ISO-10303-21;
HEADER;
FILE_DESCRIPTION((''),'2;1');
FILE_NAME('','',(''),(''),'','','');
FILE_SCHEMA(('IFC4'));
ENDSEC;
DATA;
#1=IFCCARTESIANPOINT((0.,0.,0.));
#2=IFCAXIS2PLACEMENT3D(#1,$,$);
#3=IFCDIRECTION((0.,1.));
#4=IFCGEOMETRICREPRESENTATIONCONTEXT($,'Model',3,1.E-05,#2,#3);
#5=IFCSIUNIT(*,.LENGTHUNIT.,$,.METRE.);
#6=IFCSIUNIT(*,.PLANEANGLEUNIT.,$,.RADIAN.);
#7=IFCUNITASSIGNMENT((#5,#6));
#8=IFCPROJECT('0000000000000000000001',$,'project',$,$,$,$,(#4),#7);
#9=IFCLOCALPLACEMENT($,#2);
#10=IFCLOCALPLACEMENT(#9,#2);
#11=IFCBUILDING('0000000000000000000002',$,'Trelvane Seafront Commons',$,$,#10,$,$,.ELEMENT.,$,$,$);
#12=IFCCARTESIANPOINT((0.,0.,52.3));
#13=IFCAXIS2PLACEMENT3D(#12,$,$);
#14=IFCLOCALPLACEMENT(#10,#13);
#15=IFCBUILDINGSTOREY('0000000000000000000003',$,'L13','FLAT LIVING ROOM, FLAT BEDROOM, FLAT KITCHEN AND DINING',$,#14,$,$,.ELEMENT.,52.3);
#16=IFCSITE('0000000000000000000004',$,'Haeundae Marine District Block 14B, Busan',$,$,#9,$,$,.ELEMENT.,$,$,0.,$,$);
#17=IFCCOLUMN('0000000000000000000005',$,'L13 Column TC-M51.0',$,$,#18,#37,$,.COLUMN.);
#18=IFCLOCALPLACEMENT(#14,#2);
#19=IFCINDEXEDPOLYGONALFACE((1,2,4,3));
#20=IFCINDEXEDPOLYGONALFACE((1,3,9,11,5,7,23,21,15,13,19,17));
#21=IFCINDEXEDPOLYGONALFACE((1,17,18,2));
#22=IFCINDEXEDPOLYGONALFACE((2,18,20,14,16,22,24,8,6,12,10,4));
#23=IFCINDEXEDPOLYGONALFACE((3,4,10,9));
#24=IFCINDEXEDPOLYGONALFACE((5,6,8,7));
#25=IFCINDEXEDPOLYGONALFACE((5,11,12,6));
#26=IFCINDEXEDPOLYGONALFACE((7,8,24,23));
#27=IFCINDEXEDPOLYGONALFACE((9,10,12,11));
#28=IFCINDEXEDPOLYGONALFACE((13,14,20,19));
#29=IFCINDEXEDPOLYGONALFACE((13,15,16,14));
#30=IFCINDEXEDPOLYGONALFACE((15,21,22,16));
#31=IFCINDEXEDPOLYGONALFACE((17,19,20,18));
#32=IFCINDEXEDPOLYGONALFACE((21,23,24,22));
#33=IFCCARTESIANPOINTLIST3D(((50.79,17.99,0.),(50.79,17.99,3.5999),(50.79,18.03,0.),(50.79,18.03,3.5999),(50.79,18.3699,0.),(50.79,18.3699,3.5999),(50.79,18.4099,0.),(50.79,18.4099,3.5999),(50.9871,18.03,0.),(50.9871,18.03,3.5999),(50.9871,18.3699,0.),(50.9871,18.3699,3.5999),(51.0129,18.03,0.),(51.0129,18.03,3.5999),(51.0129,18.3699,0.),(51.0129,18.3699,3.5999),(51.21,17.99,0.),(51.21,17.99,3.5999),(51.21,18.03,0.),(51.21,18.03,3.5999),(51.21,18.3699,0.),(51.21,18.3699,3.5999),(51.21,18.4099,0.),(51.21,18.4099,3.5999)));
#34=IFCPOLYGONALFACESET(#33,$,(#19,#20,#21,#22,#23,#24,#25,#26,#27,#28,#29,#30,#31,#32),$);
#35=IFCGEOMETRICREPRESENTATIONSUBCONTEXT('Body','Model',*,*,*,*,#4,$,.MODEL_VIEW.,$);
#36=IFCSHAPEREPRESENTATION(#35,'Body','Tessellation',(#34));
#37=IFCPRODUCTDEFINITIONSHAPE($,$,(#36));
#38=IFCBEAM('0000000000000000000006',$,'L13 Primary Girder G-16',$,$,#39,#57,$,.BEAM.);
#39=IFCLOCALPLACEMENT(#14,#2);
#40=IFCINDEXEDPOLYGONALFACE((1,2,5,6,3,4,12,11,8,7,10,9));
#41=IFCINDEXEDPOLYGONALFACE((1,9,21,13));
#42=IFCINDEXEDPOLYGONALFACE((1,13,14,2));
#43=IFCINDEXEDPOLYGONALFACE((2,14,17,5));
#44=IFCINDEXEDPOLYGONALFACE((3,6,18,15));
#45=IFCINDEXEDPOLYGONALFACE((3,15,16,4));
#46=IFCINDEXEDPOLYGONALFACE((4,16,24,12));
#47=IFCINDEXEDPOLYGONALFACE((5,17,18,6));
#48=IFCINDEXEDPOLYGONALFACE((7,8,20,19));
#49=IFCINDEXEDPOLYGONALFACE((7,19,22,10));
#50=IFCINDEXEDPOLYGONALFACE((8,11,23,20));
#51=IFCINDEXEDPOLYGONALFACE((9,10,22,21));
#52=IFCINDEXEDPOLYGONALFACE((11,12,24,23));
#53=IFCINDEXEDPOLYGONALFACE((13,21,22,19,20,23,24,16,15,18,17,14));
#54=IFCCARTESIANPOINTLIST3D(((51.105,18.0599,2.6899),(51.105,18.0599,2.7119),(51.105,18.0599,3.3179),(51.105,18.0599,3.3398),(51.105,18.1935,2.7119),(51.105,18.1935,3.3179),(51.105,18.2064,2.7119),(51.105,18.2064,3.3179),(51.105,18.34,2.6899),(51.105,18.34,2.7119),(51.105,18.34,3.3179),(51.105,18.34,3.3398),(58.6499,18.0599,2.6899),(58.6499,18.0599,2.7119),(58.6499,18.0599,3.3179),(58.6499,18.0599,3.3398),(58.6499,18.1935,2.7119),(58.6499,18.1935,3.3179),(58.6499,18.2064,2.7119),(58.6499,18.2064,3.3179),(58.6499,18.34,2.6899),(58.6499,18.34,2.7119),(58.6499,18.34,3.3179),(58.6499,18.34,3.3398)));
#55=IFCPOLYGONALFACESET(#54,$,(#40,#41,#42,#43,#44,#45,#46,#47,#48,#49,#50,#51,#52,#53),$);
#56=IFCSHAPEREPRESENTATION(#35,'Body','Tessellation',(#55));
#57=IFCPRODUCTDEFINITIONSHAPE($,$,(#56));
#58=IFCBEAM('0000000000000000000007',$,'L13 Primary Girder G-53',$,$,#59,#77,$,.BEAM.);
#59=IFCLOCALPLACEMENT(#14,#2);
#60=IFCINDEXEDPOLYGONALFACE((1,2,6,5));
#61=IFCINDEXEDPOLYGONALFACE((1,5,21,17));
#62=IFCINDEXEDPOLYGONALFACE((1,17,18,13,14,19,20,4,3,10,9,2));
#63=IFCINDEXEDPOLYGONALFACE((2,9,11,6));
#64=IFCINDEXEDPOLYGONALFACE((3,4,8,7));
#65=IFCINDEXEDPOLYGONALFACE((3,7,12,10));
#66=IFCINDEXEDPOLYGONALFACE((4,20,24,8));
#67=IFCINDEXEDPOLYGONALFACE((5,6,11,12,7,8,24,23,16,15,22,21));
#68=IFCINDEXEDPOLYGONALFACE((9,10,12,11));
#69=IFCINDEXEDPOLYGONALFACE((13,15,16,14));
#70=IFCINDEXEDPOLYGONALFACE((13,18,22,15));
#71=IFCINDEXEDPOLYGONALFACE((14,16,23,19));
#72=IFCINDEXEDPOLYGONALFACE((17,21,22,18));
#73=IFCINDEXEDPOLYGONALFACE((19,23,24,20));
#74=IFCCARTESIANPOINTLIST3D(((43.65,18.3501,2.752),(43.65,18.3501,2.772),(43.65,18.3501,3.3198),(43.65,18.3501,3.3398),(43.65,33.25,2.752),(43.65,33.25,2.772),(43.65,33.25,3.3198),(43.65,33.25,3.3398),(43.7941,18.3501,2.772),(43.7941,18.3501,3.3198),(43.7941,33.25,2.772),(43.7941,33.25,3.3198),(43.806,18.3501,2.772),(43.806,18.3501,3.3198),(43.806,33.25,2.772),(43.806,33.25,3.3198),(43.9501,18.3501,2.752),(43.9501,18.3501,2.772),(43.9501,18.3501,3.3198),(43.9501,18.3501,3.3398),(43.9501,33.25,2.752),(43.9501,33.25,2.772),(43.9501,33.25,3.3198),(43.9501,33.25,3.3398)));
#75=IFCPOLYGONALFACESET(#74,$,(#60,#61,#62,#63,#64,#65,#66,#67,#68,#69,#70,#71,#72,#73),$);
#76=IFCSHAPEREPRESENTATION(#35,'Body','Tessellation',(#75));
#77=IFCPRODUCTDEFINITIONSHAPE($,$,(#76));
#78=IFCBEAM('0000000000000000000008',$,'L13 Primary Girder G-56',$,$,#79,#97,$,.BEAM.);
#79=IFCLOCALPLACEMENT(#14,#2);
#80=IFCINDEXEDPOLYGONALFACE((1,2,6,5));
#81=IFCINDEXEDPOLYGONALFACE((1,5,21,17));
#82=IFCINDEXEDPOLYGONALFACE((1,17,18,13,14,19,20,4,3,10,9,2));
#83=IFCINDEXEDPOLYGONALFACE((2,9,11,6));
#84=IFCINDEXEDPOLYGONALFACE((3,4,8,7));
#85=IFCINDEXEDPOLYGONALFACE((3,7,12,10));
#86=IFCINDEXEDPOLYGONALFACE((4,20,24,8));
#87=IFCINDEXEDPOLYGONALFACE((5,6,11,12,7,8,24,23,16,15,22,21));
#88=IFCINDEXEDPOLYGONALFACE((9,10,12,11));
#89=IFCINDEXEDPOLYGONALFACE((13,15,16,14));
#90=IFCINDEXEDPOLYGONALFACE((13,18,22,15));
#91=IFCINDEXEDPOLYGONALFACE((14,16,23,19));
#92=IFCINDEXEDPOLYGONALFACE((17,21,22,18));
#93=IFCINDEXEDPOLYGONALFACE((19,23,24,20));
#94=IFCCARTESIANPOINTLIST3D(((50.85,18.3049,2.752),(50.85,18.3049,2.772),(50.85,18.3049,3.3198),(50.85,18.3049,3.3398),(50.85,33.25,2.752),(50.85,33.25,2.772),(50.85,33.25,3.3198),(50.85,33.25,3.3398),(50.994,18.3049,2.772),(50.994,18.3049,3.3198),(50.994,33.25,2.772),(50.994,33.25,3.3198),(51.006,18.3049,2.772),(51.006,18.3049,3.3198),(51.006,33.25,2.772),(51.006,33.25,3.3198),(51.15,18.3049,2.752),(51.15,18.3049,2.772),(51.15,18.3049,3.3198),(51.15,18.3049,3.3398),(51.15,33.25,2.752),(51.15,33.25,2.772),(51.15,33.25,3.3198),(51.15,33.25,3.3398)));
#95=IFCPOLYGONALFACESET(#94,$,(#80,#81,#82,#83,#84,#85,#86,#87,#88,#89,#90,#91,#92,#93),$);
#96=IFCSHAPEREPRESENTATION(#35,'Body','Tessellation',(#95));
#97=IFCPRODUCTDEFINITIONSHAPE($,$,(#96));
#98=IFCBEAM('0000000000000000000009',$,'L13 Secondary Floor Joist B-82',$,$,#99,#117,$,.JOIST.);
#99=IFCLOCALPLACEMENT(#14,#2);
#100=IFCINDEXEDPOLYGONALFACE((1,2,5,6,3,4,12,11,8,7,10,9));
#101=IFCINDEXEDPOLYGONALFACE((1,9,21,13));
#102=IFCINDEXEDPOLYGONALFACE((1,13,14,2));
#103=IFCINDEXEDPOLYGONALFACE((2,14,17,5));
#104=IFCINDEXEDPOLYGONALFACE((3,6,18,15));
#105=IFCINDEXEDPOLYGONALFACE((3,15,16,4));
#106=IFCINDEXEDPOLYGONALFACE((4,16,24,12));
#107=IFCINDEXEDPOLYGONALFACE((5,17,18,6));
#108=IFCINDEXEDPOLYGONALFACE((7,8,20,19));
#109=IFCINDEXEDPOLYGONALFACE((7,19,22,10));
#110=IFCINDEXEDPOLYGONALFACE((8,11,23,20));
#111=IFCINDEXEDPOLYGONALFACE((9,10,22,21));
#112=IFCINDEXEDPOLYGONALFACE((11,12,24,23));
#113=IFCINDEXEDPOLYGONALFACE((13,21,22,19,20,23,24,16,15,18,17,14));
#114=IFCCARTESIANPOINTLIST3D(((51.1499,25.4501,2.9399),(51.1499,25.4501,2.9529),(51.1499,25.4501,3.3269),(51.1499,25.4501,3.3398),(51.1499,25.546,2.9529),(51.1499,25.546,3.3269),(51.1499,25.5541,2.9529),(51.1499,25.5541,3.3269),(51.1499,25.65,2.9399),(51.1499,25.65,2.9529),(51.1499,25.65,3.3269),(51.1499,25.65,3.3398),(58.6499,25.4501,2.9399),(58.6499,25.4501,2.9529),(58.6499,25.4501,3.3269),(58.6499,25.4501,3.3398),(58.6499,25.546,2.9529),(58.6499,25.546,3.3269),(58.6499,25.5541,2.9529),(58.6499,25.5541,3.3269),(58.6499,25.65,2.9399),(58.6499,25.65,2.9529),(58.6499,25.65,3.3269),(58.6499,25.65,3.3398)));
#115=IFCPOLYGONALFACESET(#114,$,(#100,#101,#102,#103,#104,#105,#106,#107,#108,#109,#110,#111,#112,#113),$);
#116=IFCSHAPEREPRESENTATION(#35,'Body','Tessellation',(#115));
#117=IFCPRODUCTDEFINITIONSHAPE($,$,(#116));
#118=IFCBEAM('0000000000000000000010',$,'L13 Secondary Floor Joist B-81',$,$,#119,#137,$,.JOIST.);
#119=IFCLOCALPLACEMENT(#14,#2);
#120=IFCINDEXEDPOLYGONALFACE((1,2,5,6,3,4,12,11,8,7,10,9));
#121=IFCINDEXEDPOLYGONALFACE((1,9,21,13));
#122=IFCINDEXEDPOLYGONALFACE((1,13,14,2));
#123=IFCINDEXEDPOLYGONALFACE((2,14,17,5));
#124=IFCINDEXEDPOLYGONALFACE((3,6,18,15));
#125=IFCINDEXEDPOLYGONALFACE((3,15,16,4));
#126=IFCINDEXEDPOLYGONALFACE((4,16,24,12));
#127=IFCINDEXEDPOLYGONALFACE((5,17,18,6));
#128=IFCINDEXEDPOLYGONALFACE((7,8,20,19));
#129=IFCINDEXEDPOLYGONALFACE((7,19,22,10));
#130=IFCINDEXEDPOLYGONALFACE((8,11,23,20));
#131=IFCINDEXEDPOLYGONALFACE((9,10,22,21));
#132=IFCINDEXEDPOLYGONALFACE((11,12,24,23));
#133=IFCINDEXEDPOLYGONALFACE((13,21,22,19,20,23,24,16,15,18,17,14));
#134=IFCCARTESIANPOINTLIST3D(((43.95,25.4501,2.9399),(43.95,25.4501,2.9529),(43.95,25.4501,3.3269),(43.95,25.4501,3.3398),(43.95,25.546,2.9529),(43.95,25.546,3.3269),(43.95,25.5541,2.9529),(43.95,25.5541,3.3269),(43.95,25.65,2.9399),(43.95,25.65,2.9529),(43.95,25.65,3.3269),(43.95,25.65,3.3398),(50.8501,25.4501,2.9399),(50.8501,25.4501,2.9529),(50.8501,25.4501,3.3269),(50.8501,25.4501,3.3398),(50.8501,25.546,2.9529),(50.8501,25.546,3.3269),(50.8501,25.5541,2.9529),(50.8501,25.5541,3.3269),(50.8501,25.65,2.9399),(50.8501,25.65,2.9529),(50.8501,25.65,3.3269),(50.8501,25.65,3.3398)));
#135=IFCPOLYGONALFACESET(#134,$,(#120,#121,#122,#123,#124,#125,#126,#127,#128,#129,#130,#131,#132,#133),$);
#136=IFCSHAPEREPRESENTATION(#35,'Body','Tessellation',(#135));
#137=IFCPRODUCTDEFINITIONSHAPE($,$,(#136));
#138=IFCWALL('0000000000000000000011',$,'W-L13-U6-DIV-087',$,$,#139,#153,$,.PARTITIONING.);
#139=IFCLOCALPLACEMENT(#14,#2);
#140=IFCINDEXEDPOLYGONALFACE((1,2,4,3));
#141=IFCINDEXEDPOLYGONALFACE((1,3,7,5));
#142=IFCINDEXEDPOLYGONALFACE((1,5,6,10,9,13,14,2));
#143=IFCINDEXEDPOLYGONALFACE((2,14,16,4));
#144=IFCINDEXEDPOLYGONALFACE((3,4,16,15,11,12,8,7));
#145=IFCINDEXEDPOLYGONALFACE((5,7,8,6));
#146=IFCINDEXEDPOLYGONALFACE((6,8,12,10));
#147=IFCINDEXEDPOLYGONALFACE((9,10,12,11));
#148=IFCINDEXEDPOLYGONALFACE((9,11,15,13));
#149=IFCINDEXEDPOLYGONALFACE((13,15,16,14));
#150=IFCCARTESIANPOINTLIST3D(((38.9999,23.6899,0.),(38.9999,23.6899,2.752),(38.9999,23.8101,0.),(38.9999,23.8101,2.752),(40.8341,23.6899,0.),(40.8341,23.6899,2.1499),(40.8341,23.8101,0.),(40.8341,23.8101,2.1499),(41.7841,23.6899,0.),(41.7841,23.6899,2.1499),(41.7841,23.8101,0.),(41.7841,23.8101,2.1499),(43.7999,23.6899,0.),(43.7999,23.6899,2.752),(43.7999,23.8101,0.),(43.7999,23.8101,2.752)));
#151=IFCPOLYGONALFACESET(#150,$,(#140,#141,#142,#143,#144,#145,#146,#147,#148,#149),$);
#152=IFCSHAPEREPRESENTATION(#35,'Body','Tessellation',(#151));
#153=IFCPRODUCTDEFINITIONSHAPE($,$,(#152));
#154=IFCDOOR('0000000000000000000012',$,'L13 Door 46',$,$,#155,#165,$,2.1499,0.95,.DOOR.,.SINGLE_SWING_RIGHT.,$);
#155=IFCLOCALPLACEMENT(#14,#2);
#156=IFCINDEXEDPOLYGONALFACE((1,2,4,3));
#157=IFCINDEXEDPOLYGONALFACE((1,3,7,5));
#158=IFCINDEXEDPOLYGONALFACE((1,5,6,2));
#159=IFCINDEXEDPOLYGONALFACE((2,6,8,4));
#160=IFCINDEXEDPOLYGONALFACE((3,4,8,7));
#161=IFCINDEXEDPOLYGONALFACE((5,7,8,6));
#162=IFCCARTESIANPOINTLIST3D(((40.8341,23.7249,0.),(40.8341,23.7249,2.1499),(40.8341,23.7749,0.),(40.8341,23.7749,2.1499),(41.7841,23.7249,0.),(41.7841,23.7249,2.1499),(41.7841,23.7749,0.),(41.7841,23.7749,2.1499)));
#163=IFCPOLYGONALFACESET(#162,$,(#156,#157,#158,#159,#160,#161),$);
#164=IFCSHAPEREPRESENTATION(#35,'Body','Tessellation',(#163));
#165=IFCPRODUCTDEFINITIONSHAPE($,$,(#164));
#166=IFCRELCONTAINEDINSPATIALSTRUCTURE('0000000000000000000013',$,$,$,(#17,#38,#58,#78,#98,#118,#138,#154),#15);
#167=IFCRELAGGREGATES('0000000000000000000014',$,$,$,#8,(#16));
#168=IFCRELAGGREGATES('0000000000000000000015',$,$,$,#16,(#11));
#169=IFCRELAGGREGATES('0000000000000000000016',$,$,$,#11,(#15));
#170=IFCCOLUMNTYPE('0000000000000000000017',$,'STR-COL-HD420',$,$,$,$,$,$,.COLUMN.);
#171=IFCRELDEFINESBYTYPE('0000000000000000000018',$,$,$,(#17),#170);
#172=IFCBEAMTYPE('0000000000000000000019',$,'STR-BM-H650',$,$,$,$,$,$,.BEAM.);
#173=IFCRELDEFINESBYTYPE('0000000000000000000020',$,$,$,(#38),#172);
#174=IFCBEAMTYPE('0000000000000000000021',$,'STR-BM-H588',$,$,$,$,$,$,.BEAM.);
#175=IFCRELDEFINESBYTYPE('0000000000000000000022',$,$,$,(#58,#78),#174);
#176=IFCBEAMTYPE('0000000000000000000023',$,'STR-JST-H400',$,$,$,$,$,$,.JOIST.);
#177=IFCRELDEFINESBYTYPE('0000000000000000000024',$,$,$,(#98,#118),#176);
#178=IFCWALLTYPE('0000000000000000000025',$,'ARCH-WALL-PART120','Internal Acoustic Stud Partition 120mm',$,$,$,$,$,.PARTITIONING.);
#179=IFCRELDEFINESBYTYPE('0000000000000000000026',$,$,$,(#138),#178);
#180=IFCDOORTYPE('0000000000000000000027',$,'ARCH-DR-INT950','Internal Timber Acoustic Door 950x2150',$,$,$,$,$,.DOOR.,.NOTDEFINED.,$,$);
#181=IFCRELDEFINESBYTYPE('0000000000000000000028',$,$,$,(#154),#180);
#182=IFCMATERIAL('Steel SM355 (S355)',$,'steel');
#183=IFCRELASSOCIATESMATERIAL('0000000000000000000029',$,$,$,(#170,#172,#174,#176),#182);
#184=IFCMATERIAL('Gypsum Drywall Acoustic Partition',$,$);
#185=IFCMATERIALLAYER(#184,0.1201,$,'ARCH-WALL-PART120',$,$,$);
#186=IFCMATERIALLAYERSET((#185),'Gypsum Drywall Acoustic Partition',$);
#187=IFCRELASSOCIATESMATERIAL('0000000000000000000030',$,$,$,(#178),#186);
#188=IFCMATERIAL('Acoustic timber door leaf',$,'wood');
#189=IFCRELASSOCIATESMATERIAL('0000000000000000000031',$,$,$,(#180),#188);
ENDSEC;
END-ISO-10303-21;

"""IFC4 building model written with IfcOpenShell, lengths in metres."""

from ifc_helpers import new_model, si_unit, direction, frame, frame_2d, origin, origin_2d, place, context, subcontext, project, spatial, rectangle, i_section, extrude, source, transform, mapped, material, layer, layer_set, material_profile, profile_set, type_object, element, fill, save


model = new_model("IFC4")

# Units and contexts
model_context = context("Model", 3, precision=1e-05, world=origin(), true_north=direction((0.0, 1.0)))
body_context = subcontext(model_context, "Body", "Model", "MODEL_VIEW")
ifc_project = project(units=[si_unit("LENGTHUNIT", "METRE"), si_unit("PLANEANGLEUNIT", "RADIAN")], contexts=[model_context])

# Site, building, storey
site_placement = place(None, origin())
site = spatial("IfcSite", under=ifc_project, at=site_placement, Name="Haeundae Marine District Block 14B, Busan", CompositionType="ELEMENT", RefElevation=0.0)
building_placement = place(site_placement, origin())
building = spatial("IfcBuilding", under=site, at=building_placement, Name="Trelvane Seafront Commons", CompositionType="ELEMENT")
storey_placement = place(building_placement, frame((0.0, 0.0, 52.3)))
storey = spatial("IfcBuildingStorey", under=building, at=storey_placement, Name="L13", Description="FLAT LIVING ROOM, FLAT BEDROOM, FLAT KITCHEN AND DINING", CompositionType="ELEMENT", Elevation=52.3)

# Column
ifc_material_1 = material(Name="Steel SM355 (S355)", Category="steel")
ifc_material_profile_1 = material_profile(ifc_material_1, i_section(OverallWidth=0.4199, OverallDepth=0.4199, WebThickness=0.0259, FlangeThickness=0.04, at=origin_2d()), Name="HD-420x420x26x40")
ifc_profile_set_1 = profile_set([ifc_material_profile_1], Name="Steel SM355 (S355)")
column_type = type_object("IfcColumnType", Name="STR-COL-HD420", PredefinedType="COLUMN", material=ifc_profile_set_1)
shared_shape_1 = source(origin(), body_context, "Body", "SweptSolid", [
    extrude(i_section(OverallWidth=0.4199, OverallDepth=0.4199, WebThickness=0.0259, FlangeThickness=0.04, at=origin_2d()), origin(), (0.0, 0.0, 1.0), 3.5999),
])
column_placement = place(storey_placement, frame((51.0, 18.2, 0.0), z_axis=(0.0, 0.0, 1.0), x_axis=(1.0, 0.0, 0.0)))
element("IfcColumn", 1, at=column_placement, inside=storey, type_object=column_type, Name="L13 Column TC-M51.0", PredefinedType="COLUMN", context=body_context, shape_type="MappedRepresentation", body=[
    mapped(shared_shape_1, transform((0.0, 0.0, 0.0), x_axis=(1.0, 0.0, 0.0), y_axis=(0.0, 1.0, 0.0), z_axis=(0.0, 0.0, 1.0), scale=1.0)),
])

# Beams
ifc_material_profile_2 = material_profile(ifc_material_1, i_section(OverallWidth=0.28, OverallDepth=0.6499, WebThickness=0.0129, FlangeThickness=0.022, at=origin_2d()), Name="H-650x280x13x22")
ifc_profile_set_2 = profile_set([ifc_material_profile_2], Name="Steel SM355 (S355)")
beam_type_1 = type_object("IfcBeamType", Name="STR-BM-H650", PredefinedType="BEAM", material=ifc_profile_set_2)
shared_shape_2 = source(origin(), body_context, "Body", "SweptSolid", [
    extrude(i_section(OverallWidth=0.28, OverallDepth=0.6499, WebThickness=0.0129, FlangeThickness=0.022, at=origin_2d()), origin(), (0.0, 0.0, 1.0), 7.5449),
])
beam_1_placement = place(storey_placement, frame((51.105, 18.2, 3.0149), z_axis=(1.0, 0.0, 0.0), x_axis=(0.0, 1.0, 0.0)))
element("IfcBeam", 2, at=beam_1_placement, inside=storey, type_object=beam_type_1, Name="L13 Primary Girder G-16", PredefinedType="BEAM", context=body_context, shape_type="MappedRepresentation", body=[
    mapped(shared_shape_2, transform((0.0, 0.0, 0.0), x_axis=(1.0, 0.0, 0.0), y_axis=(0.0, 1.0, 0.0), z_axis=(0.0, 0.0, 1.0), scale=1.0)),
])
ifc_material_profile_3 = material_profile(ifc_material_1, i_section(OverallWidth=0.3, OverallDepth=0.5879, WebThickness=0.012, FlangeThickness=0.02, at=origin_2d()), Name="H-588x300x12x20")
ifc_profile_set_3 = profile_set([ifc_material_profile_3], Name="Steel SM355 (S355)")
beam_type_2 = type_object("IfcBeamType", Name="STR-BM-H588", PredefinedType="BEAM", material=ifc_profile_set_3)
shared_shape_3 = source(origin(), body_context, "Body", "SweptSolid", [
    extrude(i_section(OverallWidth=0.3, OverallDepth=0.5879, WebThickness=0.012, FlangeThickness=0.02, at=origin_2d()), origin(), (0.0, 0.0, 1.0), 14.8999),
])
beam_2_placement = place(storey_placement, frame((43.8, 18.3501, 3.0459), z_axis=(0.0, 1.0, 0.0), x_axis=(-1.0, 0.0, 0.0)))
element("IfcBeam", 3, at=beam_2_placement, inside=storey, type_object=beam_type_2, Name="L13 Primary Girder G-53", PredefinedType="BEAM", context=body_context, shape_type="MappedRepresentation", body=[
    mapped(shared_shape_3, transform((0.0, 0.0, 0.0), x_axis=(1.0, 0.0, 0.0), y_axis=(0.0, 1.0, 0.0), z_axis=(0.0, 0.0, 1.0), scale=1.0)),
])
shared_shape_4 = source(origin(), body_context, "Body", "SweptSolid", [
    extrude(i_section(OverallWidth=0.3, OverallDepth=0.5879, WebThickness=0.012, FlangeThickness=0.02, at=origin_2d()), origin(), (0.0, 0.0, 1.0), 14.9451),
])
beam_3_placement = place(storey_placement, frame((51.0, 18.3049, 3.0459), z_axis=(0.0, 1.0, 0.0), x_axis=(-1.0, 0.0, 0.0)))
element("IfcBeam", 4, at=beam_3_placement, inside=storey, type_object=beam_type_2, Name="L13 Primary Girder G-56", PredefinedType="BEAM", context=body_context, shape_type="MappedRepresentation", body=[
    mapped(shared_shape_4, transform((0.0, 0.0, 0.0), x_axis=(1.0, 0.0, 0.0), y_axis=(0.0, 1.0, 0.0), z_axis=(0.0, 0.0, 1.0), scale=1.0)),
])
ifc_material_profile_4 = material_profile(ifc_material_1, i_section(OverallWidth=0.2, OverallDepth=0.3999, WebThickness=0.0081, FlangeThickness=0.0129, at=origin_2d()), Name="H-400x200x8x13")
ifc_profile_set_4 = profile_set([ifc_material_profile_4], Name="Steel SM355 (S355)")
beam_type_3 = type_object("IfcBeamType", Name="STR-JST-H400", PredefinedType="JOIST", material=ifc_profile_set_4)
shared_shape_5 = source(origin(), body_context, "Body", "SweptSolid", [
    extrude(i_section(OverallWidth=0.2, OverallDepth=0.3999, WebThickness=0.0081, FlangeThickness=0.0129, at=origin_2d()), origin(), (0.0, 0.0, 1.0), 7.5),
])
beam_4_placement = place(storey_placement, frame((51.1499, 25.55, 3.1399), z_axis=(1.0, 0.0, 0.0), x_axis=(0.0, 1.0, 0.0)))
element("IfcBeam", 5, at=beam_4_placement, inside=storey, type_object=beam_type_3, Name="L13 Secondary Floor Joist B-82", PredefinedType="JOIST", context=body_context, shape_type="MappedRepresentation", body=[
    mapped(shared_shape_5, transform((0.0, 0.0, 0.0), x_axis=(1.0, 0.0, 0.0), y_axis=(0.0, 1.0, 0.0), z_axis=(0.0, 0.0, 1.0), scale=1.0)),
])
shared_shape_6 = source(origin(), body_context, "Body", "SweptSolid", [
    extrude(i_section(OverallWidth=0.2, OverallDepth=0.3999, WebThickness=0.0081, FlangeThickness=0.0129, at=origin_2d()), origin(), (0.0, 0.0, 1.0), 6.9001),
])
beam_5_placement = place(storey_placement, frame((43.95, 25.55, 3.1399), z_axis=(1.0, 0.0, 0.0), x_axis=(0.0, 1.0, 0.0)))
element("IfcBeam", 6, at=beam_5_placement, inside=storey, type_object=beam_type_3, Name="L13 Secondary Floor Joist B-81", PredefinedType="JOIST", context=body_context, shape_type="MappedRepresentation", body=[
    mapped(shared_shape_6, transform((0.0, 0.0, 0.0), x_axis=(1.0, 0.0, 0.0), y_axis=(0.0, 1.0, 0.0), z_axis=(0.0, 0.0, 1.0), scale=1.0)),
])

# Wall, opening, door
ifc_material_2 = material(Name="Gypsum Drywall Acoustic Partition")
ifc_layer_1 = layer(ifc_material_2, 0.1201, Name="ARCH-WALL-PART120")
ifc_layer_set_1 = layer_set([ifc_layer_1], Name="Gypsum Drywall Acoustic Partition")
wall_type_1 = type_object("IfcWallType", Name="ARCH-WALL-PART120", Description="Internal Acoustic Stud Partition 120mm", PredefinedType="PARTITIONING", material=ifc_layer_set_1)
wall_1_placement = place(storey_placement, frame((39.0, 23.75, 0.0), z_axis=(0.0, 0.0, 1.0), x_axis=(1.0, 0.0, 0.0)))
wall_1 = element("IfcWall", 7, at=wall_1_placement, inside=storey, type_object=wall_type_1, Name="W-L13-U6-DIV-087", PredefinedType="PARTITIONING", context=body_context, shape_type="SweptSolid", body=[
    extrude(rectangle(XDim=4.8, YDim=0.1201, at=frame_2d((2.3999, 0.0))), origin(), (0.0, 0.0, 1.0), 2.752),
])
opening_1_placement = place(wall_1_placement, frame((1.834, 0.0, 0.0)))
opening_1 = element("IfcOpeningElement", 8, at=opening_1_placement, cuts=wall_1, PredefinedType="OPENING", context=body_context, shape_type="SweptSolid", body=[
    extrude(rectangle(XDim=0.95, YDim=2.1499, at=frame_2d((0.4751, 1.075))), frame((0.0, 0.0701, 0.0), z_axis=(0.0, -1.0, 0.0), x_axis=(1.0, 0.0, 0.0)), (0.0, 0.0, 1.0), 0.1401),
])
ifc_material_3 = material(Name="Acoustic timber door leaf", Category="wood")
door_type_1 = type_object("IfcDoorType", Name="ARCH-DR-INT950", Description="Internal Timber Acoustic Door 950x2150", OperationType="NOTDEFINED", PredefinedType="DOOR", material=ifc_material_3)
shared_shape_7 = source(origin(), body_context, "Body", "SweptSolid", [
    extrude(rectangle(XDim=0.95, YDim=2.1499, at=frame_2d((0.4751, 1.075))), frame((0.0, 0.0249, 0.0), z_axis=(0.0, -1.0, 0.0), x_axis=(1.0, 0.0, 0.0)), (0.0, 0.0, 1.0), 0.05),
])
door_1_placement = place(opening_1_placement, origin())
door_1 = element("IfcDoor", 9, at=door_1_placement, inside=storey, type_object=door_type_1, Name="L13 Door 46", OperationType="SINGLE_SWING_RIGHT", OverallHeight=2.1499, OverallWidth=0.95, PredefinedType="DOOR", context=body_context, shape_type="MappedRepresentation", body=[
    mapped(shared_shape_7, transform((0.0, 0.0, 0.0), x_axis=(1.0, 0.0, 0.0), y_axis=(0.0, 1.0, 0.0), z_axis=(0.0, 0.0, 1.0), scale=1.0)),
])
fill(opening_1, door_1)

save(model, "model.ifc")
